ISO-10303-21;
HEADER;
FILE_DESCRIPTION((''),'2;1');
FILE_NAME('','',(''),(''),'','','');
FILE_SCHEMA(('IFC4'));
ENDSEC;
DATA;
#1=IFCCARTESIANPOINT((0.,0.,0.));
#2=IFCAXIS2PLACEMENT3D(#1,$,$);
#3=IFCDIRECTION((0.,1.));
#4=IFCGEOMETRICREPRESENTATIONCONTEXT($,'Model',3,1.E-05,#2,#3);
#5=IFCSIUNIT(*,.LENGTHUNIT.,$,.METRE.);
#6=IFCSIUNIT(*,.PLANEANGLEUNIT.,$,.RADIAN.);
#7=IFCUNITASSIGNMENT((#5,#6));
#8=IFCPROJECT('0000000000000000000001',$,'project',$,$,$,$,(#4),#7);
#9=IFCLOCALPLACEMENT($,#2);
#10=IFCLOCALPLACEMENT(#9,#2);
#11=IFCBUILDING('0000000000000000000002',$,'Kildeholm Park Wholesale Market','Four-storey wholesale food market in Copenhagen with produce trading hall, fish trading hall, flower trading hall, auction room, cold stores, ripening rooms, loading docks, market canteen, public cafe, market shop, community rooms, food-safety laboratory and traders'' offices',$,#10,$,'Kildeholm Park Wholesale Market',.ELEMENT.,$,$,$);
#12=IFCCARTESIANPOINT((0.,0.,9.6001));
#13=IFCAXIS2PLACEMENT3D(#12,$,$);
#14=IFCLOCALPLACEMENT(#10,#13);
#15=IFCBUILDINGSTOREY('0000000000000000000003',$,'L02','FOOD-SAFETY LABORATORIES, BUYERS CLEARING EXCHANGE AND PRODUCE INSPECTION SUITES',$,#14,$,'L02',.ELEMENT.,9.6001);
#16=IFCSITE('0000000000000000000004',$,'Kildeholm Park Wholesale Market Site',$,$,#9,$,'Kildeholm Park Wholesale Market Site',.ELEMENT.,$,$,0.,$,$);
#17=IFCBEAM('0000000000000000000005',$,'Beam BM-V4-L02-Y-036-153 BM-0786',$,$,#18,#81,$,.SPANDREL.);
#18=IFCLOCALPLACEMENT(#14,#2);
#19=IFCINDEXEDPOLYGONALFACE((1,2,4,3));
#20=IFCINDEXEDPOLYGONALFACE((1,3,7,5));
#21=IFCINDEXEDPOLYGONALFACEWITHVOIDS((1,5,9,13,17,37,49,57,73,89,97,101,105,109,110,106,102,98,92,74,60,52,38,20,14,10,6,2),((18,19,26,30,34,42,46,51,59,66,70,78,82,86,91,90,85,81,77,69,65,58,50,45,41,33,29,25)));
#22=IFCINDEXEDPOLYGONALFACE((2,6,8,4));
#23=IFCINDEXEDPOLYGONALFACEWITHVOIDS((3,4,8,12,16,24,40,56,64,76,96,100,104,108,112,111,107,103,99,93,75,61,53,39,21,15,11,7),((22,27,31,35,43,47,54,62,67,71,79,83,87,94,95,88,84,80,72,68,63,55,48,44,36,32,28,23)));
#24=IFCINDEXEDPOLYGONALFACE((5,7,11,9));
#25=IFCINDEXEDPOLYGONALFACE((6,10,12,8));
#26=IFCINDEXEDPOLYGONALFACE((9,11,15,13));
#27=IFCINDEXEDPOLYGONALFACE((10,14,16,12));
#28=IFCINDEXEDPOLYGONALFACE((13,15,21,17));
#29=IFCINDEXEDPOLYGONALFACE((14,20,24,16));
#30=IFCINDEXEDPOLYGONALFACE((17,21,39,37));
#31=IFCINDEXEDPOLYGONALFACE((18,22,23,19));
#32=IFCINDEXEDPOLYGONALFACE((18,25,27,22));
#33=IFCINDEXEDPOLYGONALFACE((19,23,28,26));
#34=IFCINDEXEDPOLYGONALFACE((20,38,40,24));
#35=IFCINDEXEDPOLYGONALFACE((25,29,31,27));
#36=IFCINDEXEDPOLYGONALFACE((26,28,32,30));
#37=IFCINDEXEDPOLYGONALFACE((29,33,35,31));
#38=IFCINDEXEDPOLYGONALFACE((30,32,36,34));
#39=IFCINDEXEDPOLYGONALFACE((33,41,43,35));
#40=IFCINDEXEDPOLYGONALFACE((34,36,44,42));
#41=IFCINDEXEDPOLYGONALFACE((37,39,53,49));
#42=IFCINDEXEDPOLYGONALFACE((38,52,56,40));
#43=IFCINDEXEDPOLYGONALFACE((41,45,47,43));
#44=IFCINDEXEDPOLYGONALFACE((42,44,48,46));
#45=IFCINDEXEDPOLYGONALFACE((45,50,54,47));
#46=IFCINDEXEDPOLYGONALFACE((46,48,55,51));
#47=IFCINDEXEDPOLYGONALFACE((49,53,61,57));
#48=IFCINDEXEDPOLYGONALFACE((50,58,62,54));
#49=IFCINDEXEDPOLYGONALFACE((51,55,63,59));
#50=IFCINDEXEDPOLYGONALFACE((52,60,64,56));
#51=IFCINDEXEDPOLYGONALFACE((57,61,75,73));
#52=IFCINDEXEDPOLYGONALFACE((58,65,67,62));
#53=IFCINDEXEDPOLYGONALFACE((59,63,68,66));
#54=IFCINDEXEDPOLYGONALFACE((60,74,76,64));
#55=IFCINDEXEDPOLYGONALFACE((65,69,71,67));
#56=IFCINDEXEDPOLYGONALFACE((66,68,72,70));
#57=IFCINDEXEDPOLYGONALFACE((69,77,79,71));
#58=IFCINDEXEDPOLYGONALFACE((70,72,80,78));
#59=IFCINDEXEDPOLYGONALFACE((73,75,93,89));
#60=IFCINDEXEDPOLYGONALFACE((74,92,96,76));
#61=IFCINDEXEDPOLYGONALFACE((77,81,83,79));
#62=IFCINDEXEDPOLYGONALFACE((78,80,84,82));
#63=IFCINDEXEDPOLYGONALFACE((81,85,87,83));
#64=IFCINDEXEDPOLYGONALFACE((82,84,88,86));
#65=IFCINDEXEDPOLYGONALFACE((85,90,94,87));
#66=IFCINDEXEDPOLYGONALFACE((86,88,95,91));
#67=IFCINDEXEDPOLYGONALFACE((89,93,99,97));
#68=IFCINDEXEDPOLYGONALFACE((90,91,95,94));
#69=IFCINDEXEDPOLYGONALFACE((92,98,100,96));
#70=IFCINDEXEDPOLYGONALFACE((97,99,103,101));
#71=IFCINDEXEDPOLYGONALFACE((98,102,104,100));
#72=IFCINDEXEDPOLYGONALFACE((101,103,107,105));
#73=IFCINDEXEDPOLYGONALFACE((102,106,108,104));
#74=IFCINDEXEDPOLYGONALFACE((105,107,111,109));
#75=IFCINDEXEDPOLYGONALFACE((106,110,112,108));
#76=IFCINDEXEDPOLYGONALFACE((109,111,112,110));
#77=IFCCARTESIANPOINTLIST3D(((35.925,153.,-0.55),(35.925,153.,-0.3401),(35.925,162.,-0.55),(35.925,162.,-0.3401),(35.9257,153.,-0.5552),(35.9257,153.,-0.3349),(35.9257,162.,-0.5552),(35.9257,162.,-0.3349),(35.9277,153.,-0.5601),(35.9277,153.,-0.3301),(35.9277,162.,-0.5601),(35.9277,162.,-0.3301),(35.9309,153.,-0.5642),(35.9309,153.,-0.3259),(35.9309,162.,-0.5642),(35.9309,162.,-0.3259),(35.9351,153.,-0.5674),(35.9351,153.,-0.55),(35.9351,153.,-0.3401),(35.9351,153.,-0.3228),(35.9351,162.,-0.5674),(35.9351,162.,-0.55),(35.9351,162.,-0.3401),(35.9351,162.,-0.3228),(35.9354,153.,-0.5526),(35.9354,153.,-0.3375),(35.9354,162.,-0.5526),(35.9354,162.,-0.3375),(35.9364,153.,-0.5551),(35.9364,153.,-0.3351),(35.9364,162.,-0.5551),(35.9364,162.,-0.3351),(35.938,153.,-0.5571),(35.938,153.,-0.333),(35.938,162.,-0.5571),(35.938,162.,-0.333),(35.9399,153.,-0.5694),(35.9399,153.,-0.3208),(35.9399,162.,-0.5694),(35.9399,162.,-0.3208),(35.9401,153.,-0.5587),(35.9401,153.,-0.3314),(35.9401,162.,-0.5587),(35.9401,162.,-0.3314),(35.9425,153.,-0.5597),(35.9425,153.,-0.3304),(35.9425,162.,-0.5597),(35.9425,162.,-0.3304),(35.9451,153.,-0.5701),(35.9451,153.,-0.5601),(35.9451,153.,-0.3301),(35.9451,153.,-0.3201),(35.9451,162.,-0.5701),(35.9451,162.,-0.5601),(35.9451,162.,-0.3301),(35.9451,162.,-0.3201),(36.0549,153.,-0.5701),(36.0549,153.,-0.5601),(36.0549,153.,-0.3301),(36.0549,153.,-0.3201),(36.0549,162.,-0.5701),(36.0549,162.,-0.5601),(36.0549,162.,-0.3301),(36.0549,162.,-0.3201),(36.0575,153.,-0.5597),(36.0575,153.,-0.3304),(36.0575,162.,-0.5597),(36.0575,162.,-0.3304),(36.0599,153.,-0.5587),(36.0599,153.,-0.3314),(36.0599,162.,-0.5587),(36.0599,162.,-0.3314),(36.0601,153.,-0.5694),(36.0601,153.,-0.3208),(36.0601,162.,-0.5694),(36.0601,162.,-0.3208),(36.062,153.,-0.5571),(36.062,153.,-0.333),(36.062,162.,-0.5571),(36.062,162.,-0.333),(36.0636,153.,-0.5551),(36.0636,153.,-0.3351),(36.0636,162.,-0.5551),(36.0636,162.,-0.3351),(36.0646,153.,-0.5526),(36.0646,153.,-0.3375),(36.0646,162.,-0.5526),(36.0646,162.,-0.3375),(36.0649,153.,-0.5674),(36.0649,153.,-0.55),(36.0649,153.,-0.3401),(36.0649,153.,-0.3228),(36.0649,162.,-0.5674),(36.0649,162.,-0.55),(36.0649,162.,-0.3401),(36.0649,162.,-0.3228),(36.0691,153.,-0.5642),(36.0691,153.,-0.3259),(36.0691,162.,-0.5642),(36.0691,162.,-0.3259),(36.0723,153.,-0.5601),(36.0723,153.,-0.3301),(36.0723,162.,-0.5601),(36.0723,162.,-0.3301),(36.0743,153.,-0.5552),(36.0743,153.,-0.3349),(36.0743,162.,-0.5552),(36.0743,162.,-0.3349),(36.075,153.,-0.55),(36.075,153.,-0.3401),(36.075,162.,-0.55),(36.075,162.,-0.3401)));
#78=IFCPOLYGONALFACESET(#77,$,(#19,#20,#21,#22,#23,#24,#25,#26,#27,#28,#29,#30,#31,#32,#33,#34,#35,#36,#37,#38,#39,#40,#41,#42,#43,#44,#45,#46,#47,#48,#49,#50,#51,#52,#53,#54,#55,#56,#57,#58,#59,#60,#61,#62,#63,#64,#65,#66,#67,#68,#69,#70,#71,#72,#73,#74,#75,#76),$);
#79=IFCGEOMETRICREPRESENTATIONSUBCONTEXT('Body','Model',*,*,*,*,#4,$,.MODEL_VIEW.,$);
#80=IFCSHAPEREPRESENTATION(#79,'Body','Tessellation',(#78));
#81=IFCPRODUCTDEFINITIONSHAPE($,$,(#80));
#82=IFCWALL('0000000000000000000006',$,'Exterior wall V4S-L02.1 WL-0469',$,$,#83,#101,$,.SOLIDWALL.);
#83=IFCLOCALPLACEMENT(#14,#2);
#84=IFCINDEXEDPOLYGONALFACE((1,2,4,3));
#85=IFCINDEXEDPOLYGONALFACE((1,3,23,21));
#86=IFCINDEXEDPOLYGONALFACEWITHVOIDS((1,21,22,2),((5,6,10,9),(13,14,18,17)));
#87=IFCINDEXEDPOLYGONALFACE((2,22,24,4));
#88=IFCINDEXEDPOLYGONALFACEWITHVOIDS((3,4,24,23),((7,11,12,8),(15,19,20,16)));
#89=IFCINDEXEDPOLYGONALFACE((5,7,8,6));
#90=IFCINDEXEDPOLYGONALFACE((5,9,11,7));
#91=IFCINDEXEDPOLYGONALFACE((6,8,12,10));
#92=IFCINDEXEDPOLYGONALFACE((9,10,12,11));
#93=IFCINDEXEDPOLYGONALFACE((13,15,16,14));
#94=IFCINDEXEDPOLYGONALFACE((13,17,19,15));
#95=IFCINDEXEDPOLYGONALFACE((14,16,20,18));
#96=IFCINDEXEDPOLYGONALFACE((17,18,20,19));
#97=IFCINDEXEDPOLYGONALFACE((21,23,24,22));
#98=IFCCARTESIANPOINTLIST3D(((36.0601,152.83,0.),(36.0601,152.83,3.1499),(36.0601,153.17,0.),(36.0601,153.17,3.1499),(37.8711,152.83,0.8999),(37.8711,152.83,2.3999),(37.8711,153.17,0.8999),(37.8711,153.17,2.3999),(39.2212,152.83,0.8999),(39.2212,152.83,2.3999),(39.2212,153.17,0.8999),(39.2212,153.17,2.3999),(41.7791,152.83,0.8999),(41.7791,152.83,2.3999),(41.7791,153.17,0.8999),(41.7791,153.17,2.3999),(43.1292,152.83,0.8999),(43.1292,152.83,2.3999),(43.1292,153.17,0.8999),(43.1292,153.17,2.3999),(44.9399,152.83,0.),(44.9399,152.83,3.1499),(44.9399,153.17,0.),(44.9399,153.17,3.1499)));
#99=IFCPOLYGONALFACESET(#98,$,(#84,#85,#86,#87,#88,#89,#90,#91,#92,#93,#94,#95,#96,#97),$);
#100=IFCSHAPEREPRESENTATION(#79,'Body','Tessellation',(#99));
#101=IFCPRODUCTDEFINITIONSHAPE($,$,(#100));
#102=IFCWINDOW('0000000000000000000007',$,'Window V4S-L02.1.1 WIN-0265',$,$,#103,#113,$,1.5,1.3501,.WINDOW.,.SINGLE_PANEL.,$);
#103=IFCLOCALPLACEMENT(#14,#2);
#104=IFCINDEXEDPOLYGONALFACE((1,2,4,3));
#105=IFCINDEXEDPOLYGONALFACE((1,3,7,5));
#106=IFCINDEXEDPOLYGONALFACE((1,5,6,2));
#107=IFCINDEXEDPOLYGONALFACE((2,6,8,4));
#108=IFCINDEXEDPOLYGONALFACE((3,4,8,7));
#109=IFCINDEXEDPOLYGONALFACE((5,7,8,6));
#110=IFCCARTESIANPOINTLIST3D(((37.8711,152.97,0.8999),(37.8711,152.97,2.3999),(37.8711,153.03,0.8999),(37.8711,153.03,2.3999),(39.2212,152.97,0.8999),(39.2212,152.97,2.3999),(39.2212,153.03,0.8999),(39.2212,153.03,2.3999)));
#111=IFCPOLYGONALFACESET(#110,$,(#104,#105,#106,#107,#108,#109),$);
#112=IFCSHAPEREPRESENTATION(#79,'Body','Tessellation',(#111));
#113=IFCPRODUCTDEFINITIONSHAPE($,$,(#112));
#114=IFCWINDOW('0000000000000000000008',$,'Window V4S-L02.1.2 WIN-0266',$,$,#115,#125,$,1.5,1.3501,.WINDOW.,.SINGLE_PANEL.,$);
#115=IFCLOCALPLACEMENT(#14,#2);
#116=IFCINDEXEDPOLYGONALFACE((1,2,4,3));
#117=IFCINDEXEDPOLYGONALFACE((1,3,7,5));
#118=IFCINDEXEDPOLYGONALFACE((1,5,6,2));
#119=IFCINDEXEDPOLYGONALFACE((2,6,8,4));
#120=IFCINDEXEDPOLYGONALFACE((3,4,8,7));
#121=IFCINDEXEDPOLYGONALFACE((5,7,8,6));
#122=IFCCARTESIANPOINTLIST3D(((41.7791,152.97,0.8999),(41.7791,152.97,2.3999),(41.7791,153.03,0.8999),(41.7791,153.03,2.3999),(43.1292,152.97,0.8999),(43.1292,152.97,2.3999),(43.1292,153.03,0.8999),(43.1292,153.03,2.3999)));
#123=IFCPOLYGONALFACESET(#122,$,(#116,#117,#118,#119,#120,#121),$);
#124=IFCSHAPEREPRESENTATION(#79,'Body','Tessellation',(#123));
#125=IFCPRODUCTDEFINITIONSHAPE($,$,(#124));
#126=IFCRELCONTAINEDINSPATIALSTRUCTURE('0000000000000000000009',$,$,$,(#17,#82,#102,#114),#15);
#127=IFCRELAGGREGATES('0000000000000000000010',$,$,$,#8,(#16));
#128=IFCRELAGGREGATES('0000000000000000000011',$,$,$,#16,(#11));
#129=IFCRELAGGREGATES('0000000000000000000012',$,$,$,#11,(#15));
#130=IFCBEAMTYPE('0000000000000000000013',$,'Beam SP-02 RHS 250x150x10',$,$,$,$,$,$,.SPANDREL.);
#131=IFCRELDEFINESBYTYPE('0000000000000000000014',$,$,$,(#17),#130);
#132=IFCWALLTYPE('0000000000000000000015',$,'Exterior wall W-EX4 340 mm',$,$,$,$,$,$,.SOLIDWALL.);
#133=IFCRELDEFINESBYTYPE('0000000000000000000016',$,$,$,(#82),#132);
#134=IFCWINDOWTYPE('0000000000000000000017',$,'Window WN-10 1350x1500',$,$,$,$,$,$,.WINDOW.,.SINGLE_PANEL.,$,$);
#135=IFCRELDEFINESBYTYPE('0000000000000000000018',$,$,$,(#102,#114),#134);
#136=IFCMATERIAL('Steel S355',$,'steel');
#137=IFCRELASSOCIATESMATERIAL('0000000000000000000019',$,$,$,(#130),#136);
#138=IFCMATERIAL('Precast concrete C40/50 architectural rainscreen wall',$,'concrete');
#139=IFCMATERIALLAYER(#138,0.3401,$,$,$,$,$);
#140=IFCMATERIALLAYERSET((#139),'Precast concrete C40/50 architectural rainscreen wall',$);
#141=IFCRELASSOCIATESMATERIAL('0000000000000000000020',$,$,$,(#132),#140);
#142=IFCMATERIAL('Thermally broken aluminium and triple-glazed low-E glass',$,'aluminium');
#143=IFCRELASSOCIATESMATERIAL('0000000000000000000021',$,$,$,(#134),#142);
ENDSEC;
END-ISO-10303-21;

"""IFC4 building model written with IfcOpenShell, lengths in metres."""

from ifc_helpers import new_model, si_unit, direction, frame, frame_2d, origin, origin_2d, place, context, subcontext, project, spatial, rectangle, hollow_rectangle, extrude, material, layer, layer_set, material_profile, profile_set, type_object, element, fill, save


model = new_model("IFC4")

# Units and contexts
model_context = context("Model", 3, precision=1e-05, world=origin(), true_north=direction((0.0, 1.0)))
body_context = subcontext(model_context, "Body", "Model", "MODEL_VIEW")
ifc_project = project(units=[si_unit("LENGTHUNIT", "METRE"), si_unit("PLANEANGLEUNIT", "RADIAN")], contexts=[model_context])

# Site, building, storey
site_placement = place(None, origin())
site = spatial("IfcSite", under=ifc_project, at=site_placement, Name="Kildeholm Park Wholesale Market Site", LongName="Kildeholm Park Wholesale Market Site", CompositionType="ELEMENT", RefElevation=0.0)
building_placement = place(site_placement, origin())
building = spatial("IfcBuilding", under=site, at=building_placement, Name="Kildeholm Park Wholesale Market", Description="Four-storey wholesale food market in Copenhagen with produce trading hall, fish trading hall, flower trading hall, auction room, cold stores, ripening rooms, loading docks, market canteen, public cafe, market shop, community rooms, food-safety laboratory and traders' offices", LongName="Kildeholm Park Wholesale Market", CompositionType="ELEMENT")
storey_placement = place(building_placement, frame((0.0, 0.0, 9.6001)))
storey = spatial("IfcBuildingStorey", under=building, at=storey_placement, Name="L02", Description="FOOD-SAFETY LABORATORIES, BUYERS CLEARING EXCHANGE AND PRODUCE INSPECTION SUITES", LongName="L02", CompositionType="ELEMENT", Elevation=9.6001)

# Beam
ifc_material_1 = material(Name="Steel S355", Category="steel")
ifc_material_profile_1 = material_profile(ifc_material_1, hollow_rectangle(XDim=0.1499, YDim=0.25, WallThickness=0.01, InnerFilletRadius=0.01, OuterFilletRadius=0.02, at=origin_2d()), Name="RHS 250x150x10")
ifc_profile_set_1 = profile_set([ifc_material_profile_1], Name="Steel S355")
beam_type_1 = type_object("IfcBeamType", Name="Beam SP-02 RHS 250x150x10", PredefinedType="SPANDREL", material=ifc_profile_set_1)
beam_placement = place(storey_placement, frame((36.0, 153.0, -0.4451), z_axis=(0.0, 1.0, 0.0), x_axis=(-1.0, 0.0, 0.0)))
element("IfcBeam", 1, at=beam_placement, inside=storey, type_object=beam_type_1, Name="Beam BM-V4-L02-Y-036-153 BM-0786", PredefinedType="SPANDREL", context=body_context, shape_type="SweptSolid", body=[
    extrude(hollow_rectangle(XDim=0.1499, YDim=0.25, WallThickness=0.01, InnerFilletRadius=0.01, OuterFilletRadius=0.02, at=origin_2d()), origin(), (0.0, 0.0, 1.0), 9.0),
])

# Wall, openings, windows
ifc_material_2 = material(Name="Precast concrete C40/50 architectural rainscreen wall", Category="concrete")
ifc_layer_1 = layer(ifc_material_2, 0.3401)
ifc_layer_set_1 = layer_set([ifc_layer_1], Name="Precast concrete C40/50 architectural rainscreen wall")
wall_type_1 = type_object("IfcWallType", Name="Exterior wall W-EX4 340 mm", PredefinedType="SOLIDWALL", material=ifc_layer_set_1)
wall_1_placement = place(storey_placement, frame((36.0601, 153.0, 0.0), z_axis=(0.0, 0.0, 1.0), x_axis=(1.0, 0.0, 0.0)))
wall_1 = element("IfcWall", 2, at=wall_1_placement, inside=storey, type_object=wall_type_1, Name="Exterior wall V4S-L02.1 WL-0469", PredefinedType="SOLIDWALL", context=body_context, shape_type="SweptSolid", body=[
    extrude(rectangle(XDim=8.8799, YDim=0.3401, at=frame_2d((4.4399, 0.0))), origin(), (0.0, 0.0, 1.0), 3.1499),
])
opening_1_placement = place(wall_1_placement, frame((1.811, 0.0, 0.8999)))
opening_1 = element("IfcOpeningElement", 3, at=opening_1_placement, cuts=wall_1, PredefinedType="OPENING", context=body_context, shape_type="SweptSolid", body=[
    extrude(rectangle(XDim=1.3501, YDim=1.5, at=frame_2d((0.675, 0.75))), frame((0.0, 0.1799, 0.0), z_axis=(0.0, -1.0, 0.0), x_axis=(1.0, 0.0, 0.0)), (0.0, 0.0, 1.0), 0.3601),
])
opening_2_placement = place(wall_1_placement, frame((5.719, 0.0, 0.8999)))
opening_2 = element("IfcOpeningElement", 4, at=opening_2_placement, cuts=wall_1, PredefinedType="OPENING", context=body_context, shape_type="SweptSolid", body=[
    extrude(rectangle(XDim=1.3501, YDim=1.5, at=frame_2d((0.675, 0.75))), frame((0.0, 0.1799, 0.0), z_axis=(0.0, -1.0, 0.0), x_axis=(1.0, 0.0, 0.0)), (0.0, 0.0, 1.0), 0.3601),
])
ifc_material_3 = material(Name="Thermally broken aluminium and triple-glazed low-E glass", Category="aluminium")
window_type = type_object("IfcWindowType", Name="Window WN-10 1350x1500", PartitioningType="SINGLE_PANEL", PredefinedType="WINDOW", material=ifc_material_3)
window_1_placement = place(opening_1_placement, origin())
window_1 = element("IfcWindow", 5, at=window_1_placement, inside=storey, type_object=window_type, Name="Window V4S-L02.1.1 WIN-0265", OverallHeight=1.5, OverallWidth=1.3501, PartitioningType="SINGLE_PANEL", PredefinedType="WINDOW", context=body_context, shape_type="SweptSolid", body=[
    extrude(rectangle(XDim=1.3501, YDim=1.5, at=frame_2d((0.675, 0.75))), frame((0.0, 0.03, 0.0), z_axis=(0.0, -1.0, 0.0), x_axis=(1.0, 0.0, 0.0)), (0.0, 0.0, 1.0), 0.0601),
])
fill(opening_1, window_1)
window_2_placement = place(opening_2_placement, origin())
window_2 = element("IfcWindow", 6, at=window_2_placement, inside=storey, type_object=window_type, Name="Window V4S-L02.1.2 WIN-0266", OverallHeight=1.5, OverallWidth=1.3501, PartitioningType="SINGLE_PANEL", PredefinedType="WINDOW", context=body_context, shape_type="SweptSolid", body=[
    extrude(rectangle(XDim=1.3501, YDim=1.5, at=frame_2d((0.675, 0.75))), frame((0.0, 0.03, 0.0), z_axis=(0.0, -1.0, 0.0), x_axis=(1.0, 0.0, 0.0)), (0.0, 0.0, 1.0), 0.0601),
])
fill(opening_2, window_2)

save(model, "model.ifc")
